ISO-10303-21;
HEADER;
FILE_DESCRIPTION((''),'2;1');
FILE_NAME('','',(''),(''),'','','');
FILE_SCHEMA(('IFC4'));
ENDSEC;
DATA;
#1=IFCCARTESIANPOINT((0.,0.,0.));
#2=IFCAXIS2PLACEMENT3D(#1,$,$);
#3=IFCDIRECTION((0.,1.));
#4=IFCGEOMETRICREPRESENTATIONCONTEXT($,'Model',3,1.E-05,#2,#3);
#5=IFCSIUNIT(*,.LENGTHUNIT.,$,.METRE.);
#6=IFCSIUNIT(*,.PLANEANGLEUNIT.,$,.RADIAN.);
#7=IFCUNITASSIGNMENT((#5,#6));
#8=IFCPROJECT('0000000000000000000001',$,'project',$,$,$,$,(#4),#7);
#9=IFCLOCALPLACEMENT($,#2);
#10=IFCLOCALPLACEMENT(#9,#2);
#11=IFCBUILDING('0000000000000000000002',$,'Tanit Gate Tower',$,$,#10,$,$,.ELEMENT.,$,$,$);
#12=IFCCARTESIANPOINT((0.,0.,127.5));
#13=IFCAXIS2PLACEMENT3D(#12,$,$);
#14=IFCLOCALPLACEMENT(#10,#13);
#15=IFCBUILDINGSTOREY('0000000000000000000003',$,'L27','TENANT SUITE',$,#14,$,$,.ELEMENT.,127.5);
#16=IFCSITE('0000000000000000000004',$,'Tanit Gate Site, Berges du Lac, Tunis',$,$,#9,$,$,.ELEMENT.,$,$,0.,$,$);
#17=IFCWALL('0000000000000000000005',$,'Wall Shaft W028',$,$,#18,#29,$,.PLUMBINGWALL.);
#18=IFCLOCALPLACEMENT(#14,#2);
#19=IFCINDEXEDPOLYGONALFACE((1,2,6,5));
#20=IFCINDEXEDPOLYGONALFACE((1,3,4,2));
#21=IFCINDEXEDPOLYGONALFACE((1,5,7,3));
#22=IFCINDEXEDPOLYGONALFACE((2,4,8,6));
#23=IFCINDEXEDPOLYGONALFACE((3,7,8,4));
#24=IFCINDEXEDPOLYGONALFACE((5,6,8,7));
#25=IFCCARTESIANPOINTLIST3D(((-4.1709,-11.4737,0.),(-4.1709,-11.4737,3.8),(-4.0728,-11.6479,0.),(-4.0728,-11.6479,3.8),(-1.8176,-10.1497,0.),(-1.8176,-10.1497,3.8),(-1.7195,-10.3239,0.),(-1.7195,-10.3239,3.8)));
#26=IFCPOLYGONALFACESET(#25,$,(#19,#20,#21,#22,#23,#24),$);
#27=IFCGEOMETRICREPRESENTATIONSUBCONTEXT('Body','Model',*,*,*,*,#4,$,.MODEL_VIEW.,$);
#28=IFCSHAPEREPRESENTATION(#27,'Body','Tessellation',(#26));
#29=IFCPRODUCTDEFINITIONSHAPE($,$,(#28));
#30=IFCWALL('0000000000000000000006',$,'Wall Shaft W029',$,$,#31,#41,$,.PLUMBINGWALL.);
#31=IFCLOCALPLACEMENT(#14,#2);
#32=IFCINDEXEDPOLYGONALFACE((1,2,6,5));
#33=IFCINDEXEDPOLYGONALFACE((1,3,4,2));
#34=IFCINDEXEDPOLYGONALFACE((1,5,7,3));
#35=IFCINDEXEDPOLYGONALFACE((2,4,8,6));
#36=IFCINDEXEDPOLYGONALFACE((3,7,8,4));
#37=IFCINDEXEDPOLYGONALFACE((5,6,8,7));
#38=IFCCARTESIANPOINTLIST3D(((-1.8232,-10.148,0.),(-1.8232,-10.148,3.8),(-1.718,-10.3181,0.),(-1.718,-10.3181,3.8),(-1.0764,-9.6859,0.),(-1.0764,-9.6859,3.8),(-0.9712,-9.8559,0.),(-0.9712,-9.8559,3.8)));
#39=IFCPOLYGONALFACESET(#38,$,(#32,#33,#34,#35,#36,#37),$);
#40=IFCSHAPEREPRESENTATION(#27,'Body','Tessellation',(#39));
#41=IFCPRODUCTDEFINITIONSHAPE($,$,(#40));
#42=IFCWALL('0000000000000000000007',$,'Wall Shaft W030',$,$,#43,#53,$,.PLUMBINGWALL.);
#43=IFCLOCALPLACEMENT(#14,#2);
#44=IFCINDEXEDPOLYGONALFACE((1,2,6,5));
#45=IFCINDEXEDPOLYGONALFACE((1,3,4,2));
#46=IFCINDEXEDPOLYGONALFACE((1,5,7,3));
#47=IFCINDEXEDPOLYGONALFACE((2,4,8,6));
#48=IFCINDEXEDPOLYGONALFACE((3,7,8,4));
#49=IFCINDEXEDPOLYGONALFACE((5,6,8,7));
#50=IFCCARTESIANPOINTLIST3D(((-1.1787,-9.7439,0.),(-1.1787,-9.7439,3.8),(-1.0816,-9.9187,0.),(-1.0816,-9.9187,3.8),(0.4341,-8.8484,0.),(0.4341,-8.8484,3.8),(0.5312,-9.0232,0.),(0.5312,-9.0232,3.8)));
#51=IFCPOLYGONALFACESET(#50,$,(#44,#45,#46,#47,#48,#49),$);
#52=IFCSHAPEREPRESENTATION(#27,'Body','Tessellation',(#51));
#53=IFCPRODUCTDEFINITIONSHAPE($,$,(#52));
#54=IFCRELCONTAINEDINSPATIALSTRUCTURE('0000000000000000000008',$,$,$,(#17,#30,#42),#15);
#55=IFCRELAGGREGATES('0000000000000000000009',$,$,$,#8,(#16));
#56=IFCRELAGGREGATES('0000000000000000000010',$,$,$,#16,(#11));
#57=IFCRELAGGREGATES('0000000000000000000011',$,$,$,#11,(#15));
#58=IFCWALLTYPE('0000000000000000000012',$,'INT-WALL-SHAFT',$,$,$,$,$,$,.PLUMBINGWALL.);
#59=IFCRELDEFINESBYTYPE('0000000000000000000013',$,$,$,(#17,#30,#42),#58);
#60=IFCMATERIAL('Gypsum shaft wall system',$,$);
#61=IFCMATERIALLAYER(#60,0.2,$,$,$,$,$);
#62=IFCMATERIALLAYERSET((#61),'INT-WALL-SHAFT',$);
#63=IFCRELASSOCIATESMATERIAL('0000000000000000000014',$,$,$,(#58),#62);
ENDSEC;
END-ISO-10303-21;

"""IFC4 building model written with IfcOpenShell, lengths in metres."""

from ifc_helpers import new_model, si_unit, direction, frame, frame_2d, origin, place, context, subcontext, project, spatial, rectangle, extrude, material, layer, layer_set, type_object, element, save


model = new_model("IFC4")

# Units and contexts
model_context = context("Model", 3, precision=1e-05, world=origin(), true_north=direction((0.0, 1.0)))
body_context = subcontext(model_context, "Body", "Model", "MODEL_VIEW")
ifc_project = project(units=[si_unit("LENGTHUNIT", "METRE"), si_unit("PLANEANGLEUNIT", "RADIAN")], contexts=[model_context])

# Site, building, storey
site_placement = place(None, origin())
site = spatial("IfcSite", under=ifc_project, at=site_placement, Name="Tanit Gate Site, Berges du Lac, Tunis", CompositionType="ELEMENT", RefElevation=0.0)
building_placement = place(site_placement, origin())
building = spatial("IfcBuilding", under=site, at=building_placement, Name="Tanit Gate Tower", CompositionType="ELEMENT")
storey_placement = place(building_placement, frame((0.0, 0.0, 127.5)))
storey = spatial("IfcBuildingStorey", under=building, at=storey_placement, Name="L27", Description="TENANT SUITE", CompositionType="ELEMENT", Elevation=127.5)

# Walls
ifc_material_1 = material(Name="Gypsum shaft wall system")
ifc_layer_1 = layer(ifc_material_1, 0.2)
ifc_layer_set_1 = layer_set([ifc_layer_1], Name="INT-WALL-SHAFT")
wall_type_1 = type_object("IfcWallType", Name="INT-WALL-SHAFT", PredefinedType="PLUMBINGWALL", material=ifc_layer_set_1)
wall_1_placement = place(storey_placement, frame((-1.7686, -10.2368, 0.0), z_axis=(0.0, 0.0, 1.0), x_axis=(-0.871534, -0.490334, 0.0)))
element("IfcWall", 1, at=wall_1_placement, inside=storey, type_object=wall_type_1, Name="Wall Shaft W028", PredefinedType="PLUMBINGWALL", context=body_context, shape_type="SweptSolid", body=[
    extrude(rectangle(XDim=2.7002, YDim=0.2, at=frame_2d((1.3501, 0.0))), origin(), (0.0, 0.0, 1.0), 3.8),
])
wall_2_placement = place(storey_placement, frame((-1.0239, -9.771, 0.0), z_axis=(0.0, 0.0, 1.0), x_axis=(-0.850348, -0.526221, 0.0)))
element("IfcWall", 2, at=wall_2_placement, inside=storey, type_object=wall_type_1, Name="Wall Shaft W029", PredefinedType="PLUMBINGWALL", context=body_context, shape_type="SweptSolid", body=[
    extrude(rectangle(XDim=0.8782, YDim=0.2, at=frame_2d((0.439, 0.0))), origin(), (0.0, 0.0, 1.0), 3.8),
])
wall_3_placement = place(storey_placement, frame((-1.1301, -9.8313, 0.0), z_axis=(0.0, 0.0, 1.0), x_axis=(0.87427, 0.485441, 0.0)))
element("IfcWall", 3, at=wall_3_placement, inside=storey, type_object=wall_type_1, Name="Wall Shaft W030", PredefinedType="PLUMBINGWALL", context=body_context, shape_type="SweptSolid", body=[
    extrude(rectangle(XDim=1.8447, YDim=0.2, at=frame_2d((0.9224, 0.0))), origin(), (0.0, 0.0, 1.0), 3.8),
])

save(model, "model.ifc")
